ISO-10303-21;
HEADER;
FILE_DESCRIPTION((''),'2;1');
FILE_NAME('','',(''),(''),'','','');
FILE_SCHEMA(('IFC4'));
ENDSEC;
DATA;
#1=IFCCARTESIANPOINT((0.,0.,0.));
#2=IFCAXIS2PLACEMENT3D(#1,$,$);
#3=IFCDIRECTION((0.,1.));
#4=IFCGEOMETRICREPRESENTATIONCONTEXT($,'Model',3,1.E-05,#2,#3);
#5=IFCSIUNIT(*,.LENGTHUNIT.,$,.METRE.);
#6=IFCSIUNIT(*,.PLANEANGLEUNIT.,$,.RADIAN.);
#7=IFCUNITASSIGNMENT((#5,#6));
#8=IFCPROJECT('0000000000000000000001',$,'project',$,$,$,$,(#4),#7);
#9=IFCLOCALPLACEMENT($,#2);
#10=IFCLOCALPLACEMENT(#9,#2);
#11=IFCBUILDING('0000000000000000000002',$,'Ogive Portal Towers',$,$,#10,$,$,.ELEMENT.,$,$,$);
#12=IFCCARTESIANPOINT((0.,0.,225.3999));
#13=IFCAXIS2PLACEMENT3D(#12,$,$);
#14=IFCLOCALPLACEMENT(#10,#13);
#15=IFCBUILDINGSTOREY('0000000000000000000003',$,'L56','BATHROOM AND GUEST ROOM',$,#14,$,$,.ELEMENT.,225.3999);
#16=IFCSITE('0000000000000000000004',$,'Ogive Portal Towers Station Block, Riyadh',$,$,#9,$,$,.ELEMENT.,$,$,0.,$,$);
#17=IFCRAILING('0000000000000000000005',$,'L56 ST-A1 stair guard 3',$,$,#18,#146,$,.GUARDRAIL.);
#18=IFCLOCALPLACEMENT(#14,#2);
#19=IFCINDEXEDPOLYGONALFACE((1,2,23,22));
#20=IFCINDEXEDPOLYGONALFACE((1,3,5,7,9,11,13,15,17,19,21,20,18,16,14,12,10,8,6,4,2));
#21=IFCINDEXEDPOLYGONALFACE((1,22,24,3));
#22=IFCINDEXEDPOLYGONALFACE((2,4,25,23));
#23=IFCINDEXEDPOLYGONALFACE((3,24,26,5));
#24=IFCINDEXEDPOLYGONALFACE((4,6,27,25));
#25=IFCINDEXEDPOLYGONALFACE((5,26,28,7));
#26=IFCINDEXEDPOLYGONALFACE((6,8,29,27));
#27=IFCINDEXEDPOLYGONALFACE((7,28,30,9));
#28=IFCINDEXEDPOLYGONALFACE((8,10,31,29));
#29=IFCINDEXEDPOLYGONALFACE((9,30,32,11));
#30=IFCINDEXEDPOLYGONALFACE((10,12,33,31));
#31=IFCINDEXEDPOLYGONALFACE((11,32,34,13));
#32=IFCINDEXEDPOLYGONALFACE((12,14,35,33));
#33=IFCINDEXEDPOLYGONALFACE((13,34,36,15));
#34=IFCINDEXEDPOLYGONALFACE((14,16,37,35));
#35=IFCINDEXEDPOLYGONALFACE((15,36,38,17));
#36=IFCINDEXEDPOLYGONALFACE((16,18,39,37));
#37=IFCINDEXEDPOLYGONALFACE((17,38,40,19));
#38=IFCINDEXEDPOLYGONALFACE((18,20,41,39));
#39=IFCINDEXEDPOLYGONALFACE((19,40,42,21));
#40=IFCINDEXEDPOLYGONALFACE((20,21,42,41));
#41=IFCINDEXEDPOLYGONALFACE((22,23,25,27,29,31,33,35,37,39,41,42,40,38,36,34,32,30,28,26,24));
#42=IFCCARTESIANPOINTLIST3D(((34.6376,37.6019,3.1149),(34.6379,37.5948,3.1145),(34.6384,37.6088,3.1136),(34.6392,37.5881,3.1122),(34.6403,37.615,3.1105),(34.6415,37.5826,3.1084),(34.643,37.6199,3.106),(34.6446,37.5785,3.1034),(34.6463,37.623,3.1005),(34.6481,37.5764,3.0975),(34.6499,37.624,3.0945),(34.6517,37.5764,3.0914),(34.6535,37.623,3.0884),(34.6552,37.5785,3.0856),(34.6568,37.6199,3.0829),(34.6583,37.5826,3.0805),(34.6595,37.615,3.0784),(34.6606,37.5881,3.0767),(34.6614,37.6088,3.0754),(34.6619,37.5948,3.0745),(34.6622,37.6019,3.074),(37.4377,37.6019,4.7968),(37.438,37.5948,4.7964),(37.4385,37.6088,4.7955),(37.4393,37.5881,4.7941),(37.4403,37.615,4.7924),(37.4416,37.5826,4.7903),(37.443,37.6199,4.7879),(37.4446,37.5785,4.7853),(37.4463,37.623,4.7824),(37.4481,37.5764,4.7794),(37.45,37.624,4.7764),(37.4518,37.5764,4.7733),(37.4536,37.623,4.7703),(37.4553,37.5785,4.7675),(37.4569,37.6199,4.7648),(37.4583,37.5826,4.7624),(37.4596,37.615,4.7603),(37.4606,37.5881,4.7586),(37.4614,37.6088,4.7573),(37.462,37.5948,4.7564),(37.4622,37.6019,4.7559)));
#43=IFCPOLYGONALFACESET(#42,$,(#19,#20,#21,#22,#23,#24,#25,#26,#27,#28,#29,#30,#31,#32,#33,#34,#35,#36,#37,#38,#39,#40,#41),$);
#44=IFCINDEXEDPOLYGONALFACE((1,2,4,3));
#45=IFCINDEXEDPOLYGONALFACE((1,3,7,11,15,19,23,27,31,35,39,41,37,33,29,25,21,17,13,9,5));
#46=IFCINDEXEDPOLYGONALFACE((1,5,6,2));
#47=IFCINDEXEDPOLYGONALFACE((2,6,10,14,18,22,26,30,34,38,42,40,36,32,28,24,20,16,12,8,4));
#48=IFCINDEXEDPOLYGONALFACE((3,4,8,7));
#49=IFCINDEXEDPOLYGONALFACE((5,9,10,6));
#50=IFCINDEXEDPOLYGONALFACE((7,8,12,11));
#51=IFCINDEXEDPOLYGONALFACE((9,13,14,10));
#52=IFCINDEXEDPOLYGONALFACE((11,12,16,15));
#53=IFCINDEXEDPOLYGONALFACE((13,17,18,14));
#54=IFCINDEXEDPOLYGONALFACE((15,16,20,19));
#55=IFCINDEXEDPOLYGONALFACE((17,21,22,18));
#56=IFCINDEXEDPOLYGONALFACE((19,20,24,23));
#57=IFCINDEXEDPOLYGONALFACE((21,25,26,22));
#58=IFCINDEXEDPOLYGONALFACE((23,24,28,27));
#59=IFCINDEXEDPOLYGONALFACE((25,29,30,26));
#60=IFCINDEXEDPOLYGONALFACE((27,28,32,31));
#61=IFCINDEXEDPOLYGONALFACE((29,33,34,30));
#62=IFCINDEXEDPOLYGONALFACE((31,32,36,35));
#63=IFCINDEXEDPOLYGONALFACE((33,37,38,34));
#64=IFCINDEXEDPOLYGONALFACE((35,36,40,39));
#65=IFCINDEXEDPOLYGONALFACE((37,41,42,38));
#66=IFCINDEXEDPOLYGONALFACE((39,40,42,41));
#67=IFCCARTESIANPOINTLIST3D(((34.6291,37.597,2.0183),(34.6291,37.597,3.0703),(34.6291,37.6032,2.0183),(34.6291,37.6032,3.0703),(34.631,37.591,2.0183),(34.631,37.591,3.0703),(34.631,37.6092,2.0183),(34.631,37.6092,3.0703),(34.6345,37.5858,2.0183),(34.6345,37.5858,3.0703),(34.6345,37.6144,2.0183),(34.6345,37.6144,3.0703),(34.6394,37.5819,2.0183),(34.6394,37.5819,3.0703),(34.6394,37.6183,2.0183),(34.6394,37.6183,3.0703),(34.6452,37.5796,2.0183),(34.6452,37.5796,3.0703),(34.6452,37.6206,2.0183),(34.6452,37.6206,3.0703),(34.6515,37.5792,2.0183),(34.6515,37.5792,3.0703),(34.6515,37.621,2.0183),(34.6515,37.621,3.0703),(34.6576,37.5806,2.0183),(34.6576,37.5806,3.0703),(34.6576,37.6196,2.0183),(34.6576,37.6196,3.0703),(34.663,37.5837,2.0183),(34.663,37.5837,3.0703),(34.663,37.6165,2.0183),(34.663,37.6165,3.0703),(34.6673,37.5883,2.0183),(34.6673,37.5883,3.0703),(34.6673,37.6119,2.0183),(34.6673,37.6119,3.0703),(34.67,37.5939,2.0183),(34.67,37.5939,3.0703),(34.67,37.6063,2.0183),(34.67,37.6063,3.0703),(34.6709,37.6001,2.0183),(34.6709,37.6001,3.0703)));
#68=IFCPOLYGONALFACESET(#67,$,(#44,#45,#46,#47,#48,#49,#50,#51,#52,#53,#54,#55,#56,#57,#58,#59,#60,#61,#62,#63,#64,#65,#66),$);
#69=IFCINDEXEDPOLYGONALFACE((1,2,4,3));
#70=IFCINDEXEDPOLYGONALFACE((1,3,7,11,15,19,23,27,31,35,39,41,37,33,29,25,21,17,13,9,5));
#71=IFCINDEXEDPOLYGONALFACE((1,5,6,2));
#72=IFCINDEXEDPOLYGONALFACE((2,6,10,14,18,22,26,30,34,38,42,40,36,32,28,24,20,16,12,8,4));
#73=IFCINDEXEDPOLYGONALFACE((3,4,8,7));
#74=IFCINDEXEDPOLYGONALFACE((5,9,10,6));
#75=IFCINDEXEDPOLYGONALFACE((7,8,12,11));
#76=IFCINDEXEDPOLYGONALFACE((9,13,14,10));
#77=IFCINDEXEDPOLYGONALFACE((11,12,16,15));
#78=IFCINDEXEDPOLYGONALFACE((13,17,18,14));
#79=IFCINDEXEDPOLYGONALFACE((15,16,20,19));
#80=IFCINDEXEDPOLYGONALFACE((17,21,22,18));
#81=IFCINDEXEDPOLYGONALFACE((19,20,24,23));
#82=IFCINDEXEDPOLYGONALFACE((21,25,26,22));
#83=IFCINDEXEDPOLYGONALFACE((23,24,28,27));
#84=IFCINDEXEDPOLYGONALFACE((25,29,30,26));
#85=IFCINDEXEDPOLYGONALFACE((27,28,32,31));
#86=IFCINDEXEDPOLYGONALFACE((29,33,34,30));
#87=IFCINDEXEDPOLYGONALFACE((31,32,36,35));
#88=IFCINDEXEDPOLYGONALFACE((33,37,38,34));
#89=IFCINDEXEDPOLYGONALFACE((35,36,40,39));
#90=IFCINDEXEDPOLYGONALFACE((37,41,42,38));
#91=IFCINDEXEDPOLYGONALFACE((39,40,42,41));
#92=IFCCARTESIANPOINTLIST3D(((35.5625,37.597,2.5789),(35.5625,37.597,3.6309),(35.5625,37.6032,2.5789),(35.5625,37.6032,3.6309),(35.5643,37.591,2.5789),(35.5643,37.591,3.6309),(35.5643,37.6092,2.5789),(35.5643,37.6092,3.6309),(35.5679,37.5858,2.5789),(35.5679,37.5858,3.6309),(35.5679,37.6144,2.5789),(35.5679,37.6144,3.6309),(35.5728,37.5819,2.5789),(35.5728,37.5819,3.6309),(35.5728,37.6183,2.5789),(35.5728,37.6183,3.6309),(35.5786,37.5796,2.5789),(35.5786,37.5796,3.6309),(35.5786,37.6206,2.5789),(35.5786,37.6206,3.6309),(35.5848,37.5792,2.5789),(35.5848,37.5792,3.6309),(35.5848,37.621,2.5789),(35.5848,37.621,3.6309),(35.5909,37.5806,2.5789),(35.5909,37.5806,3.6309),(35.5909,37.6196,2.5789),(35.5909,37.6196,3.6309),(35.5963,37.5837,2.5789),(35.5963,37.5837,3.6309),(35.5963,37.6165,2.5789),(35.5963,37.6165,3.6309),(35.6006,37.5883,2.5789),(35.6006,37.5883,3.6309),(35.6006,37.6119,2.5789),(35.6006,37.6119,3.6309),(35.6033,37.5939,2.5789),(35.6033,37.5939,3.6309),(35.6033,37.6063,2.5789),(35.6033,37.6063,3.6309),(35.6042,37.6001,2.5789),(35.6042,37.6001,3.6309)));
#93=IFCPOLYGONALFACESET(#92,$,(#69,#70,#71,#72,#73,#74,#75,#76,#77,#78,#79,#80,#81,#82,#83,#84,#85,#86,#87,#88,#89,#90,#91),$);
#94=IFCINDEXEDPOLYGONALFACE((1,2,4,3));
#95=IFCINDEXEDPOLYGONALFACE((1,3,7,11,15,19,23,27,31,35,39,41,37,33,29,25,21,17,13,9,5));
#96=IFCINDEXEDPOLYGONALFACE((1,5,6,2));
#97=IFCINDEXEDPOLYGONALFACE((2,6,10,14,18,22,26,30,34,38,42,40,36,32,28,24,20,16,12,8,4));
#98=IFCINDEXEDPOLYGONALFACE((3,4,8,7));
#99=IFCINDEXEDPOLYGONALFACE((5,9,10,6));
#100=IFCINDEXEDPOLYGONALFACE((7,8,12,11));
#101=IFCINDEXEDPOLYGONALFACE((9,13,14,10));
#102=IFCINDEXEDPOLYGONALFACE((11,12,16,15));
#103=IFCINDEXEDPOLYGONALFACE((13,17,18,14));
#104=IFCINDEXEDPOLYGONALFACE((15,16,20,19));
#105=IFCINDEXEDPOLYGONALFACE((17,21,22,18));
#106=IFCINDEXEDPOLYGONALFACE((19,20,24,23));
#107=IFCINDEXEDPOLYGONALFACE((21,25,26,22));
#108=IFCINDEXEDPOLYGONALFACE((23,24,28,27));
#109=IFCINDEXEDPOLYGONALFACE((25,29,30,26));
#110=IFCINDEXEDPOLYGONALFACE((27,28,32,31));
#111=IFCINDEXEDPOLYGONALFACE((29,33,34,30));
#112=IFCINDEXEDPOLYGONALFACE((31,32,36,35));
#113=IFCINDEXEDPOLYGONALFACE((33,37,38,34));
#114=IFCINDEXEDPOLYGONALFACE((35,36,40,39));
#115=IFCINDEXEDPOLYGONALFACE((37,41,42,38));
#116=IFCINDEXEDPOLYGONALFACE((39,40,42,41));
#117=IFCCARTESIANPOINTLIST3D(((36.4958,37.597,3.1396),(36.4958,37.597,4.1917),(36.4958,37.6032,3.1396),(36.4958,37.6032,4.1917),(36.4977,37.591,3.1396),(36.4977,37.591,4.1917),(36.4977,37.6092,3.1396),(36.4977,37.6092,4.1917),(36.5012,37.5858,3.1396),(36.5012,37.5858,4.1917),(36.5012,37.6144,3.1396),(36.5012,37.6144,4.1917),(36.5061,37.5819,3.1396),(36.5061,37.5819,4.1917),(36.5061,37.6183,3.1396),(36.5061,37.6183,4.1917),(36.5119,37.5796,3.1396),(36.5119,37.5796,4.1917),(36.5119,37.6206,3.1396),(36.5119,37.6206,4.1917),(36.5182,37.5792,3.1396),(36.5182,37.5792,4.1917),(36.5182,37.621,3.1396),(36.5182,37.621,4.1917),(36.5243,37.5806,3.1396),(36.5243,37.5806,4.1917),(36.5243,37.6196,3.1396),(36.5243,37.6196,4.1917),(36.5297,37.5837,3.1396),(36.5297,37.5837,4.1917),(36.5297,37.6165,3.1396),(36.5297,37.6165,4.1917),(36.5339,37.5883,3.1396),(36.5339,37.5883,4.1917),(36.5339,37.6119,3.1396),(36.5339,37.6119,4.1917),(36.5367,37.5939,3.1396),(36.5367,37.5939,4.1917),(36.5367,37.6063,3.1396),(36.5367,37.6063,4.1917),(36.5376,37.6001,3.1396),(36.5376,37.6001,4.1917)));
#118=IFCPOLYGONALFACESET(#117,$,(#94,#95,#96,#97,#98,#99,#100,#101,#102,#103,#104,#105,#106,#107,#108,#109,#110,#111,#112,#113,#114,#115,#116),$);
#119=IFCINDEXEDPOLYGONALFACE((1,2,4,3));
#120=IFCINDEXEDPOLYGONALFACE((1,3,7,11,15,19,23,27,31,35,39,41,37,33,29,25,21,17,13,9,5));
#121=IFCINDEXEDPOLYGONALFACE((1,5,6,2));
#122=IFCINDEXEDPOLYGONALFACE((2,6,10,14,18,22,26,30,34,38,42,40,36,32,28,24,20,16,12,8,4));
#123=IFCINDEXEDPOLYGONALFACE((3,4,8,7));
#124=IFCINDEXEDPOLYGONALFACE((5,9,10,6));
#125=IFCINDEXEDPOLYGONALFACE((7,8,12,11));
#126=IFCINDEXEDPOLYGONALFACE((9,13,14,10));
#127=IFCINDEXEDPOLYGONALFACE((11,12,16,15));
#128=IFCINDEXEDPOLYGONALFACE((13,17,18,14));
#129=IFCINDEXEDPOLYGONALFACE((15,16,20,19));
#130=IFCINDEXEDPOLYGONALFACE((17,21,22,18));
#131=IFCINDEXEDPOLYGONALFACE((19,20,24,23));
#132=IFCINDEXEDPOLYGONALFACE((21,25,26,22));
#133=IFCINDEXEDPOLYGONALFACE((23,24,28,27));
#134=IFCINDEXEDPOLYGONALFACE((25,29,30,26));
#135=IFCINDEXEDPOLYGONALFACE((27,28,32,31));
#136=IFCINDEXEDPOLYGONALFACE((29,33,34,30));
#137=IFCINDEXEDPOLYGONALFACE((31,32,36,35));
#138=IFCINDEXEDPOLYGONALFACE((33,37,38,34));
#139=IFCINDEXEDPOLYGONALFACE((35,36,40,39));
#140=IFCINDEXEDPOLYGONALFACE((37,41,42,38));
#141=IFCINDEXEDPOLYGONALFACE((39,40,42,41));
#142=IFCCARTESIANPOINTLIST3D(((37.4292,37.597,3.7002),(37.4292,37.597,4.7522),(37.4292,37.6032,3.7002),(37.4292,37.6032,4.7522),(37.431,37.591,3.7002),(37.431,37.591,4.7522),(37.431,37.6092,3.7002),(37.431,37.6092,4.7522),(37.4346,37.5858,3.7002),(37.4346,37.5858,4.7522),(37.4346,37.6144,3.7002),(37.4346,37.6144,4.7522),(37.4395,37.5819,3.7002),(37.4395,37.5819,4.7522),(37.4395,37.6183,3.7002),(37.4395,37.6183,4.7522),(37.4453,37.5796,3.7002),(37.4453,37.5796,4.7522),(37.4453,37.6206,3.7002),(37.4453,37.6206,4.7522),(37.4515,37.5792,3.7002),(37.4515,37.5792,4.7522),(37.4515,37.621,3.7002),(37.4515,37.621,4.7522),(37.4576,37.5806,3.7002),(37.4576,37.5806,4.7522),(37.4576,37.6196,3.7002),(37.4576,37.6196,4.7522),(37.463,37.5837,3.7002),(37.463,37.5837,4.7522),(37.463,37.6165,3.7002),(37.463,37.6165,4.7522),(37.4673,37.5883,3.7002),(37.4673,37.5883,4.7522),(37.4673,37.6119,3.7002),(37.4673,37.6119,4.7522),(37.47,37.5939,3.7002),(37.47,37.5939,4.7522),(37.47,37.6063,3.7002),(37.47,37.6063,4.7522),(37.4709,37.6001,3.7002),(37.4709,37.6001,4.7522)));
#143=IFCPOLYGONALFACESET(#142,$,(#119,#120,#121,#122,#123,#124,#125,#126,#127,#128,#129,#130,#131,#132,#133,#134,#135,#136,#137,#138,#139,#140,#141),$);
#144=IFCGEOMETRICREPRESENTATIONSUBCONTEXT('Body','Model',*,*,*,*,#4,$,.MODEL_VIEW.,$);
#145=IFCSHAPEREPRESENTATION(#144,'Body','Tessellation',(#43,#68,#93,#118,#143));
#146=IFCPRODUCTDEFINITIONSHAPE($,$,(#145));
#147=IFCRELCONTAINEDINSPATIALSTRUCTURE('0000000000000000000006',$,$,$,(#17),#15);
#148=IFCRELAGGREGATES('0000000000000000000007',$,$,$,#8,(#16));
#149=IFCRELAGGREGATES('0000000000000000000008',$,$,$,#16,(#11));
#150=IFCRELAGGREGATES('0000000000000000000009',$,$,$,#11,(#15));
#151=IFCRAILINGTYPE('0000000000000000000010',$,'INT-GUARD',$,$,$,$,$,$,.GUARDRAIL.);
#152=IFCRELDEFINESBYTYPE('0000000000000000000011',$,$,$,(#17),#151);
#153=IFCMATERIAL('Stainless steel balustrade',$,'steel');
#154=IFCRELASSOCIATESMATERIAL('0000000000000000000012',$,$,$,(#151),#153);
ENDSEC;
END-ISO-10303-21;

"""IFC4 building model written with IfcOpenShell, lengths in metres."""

from ifc_helpers import new_model, si_unit, direction, frame, origin, origin_2d, place, context, subcontext, project, spatial, circle, extrude, material, type_object, element, save


model = new_model("IFC4")

# Units and contexts
model_context = context("Model", 3, precision=1e-05, world=origin(), true_north=direction((0.0, 1.0)))
body_context = subcontext(model_context, "Body", "Model", "MODEL_VIEW")
ifc_project = project(units=[si_unit("LENGTHUNIT", "METRE"), si_unit("PLANEANGLEUNIT", "RADIAN")], contexts=[model_context])

# Site, building, storey
site_placement = place(None, origin())
site = spatial("IfcSite", under=ifc_project, at=site_placement, Name="Ogive Portal Towers Station Block, Riyadh", CompositionType="ELEMENT", RefElevation=0.0)
building_placement = place(site_placement, origin())
building = spatial("IfcBuilding", under=site, at=building_placement, Name="Ogive Portal Towers", CompositionType="ELEMENT")
storey_placement = place(building_placement, frame((0.0, 0.0, 225.3999)))
storey = spatial("IfcBuildingStorey", under=building, at=storey_placement, Name="L56", Description="BATHROOM AND GUEST ROOM", CompositionType="ELEMENT", Elevation=225.3999)

# Railing
ifc_material_1 = material(Name="Stainless steel balustrade", Category="steel")
railing_type_1 = type_object("IfcRailingType", Name="INT-GUARD", PredefinedType="GUARDRAIL", material=ifc_material_1)
railing_1_placement = place(storey_placement, frame((34.6499, 37.6001, 2.0183)))
element("IfcRailing", 1, at=railing_1_placement, inside=storey, type_object=railing_type_1, Name="L56 ST-A1 stair guard 3", PredefinedType="GUARDRAIL", context=body_context, shape_type="SweptSolid", body=[
    extrude(circle(Radius=0.0239, at=origin_2d()), frame((0.0, 0.0, 1.0762), z_axis=(0.857242, 0.0, 0.514913), x_axis=(0.0, 1.0, 0.0)), (0.0, 0.0, 1.0), 3.2664),
    extrude(circle(Radius=0.021, at=origin_2d()), origin(), (0.0, 0.0, 1.0), 1.052),
    extrude(circle(Radius=0.021, at=origin_2d()), frame((0.9333, 0.0, 0.5605)), (0.0, 0.0, 1.0), 1.052),
    extrude(circle(Radius=0.021, at=origin_2d()), frame((1.8667, 0.0, 1.1213)), (0.0, 0.0, 1.0), 1.052),
    extrude(circle(Radius=0.021, at=origin_2d()), frame((2.8, 0.0, 1.6819)), (0.0, 0.0, 1.0), 1.052),
])

save(model, "model.ifc")
